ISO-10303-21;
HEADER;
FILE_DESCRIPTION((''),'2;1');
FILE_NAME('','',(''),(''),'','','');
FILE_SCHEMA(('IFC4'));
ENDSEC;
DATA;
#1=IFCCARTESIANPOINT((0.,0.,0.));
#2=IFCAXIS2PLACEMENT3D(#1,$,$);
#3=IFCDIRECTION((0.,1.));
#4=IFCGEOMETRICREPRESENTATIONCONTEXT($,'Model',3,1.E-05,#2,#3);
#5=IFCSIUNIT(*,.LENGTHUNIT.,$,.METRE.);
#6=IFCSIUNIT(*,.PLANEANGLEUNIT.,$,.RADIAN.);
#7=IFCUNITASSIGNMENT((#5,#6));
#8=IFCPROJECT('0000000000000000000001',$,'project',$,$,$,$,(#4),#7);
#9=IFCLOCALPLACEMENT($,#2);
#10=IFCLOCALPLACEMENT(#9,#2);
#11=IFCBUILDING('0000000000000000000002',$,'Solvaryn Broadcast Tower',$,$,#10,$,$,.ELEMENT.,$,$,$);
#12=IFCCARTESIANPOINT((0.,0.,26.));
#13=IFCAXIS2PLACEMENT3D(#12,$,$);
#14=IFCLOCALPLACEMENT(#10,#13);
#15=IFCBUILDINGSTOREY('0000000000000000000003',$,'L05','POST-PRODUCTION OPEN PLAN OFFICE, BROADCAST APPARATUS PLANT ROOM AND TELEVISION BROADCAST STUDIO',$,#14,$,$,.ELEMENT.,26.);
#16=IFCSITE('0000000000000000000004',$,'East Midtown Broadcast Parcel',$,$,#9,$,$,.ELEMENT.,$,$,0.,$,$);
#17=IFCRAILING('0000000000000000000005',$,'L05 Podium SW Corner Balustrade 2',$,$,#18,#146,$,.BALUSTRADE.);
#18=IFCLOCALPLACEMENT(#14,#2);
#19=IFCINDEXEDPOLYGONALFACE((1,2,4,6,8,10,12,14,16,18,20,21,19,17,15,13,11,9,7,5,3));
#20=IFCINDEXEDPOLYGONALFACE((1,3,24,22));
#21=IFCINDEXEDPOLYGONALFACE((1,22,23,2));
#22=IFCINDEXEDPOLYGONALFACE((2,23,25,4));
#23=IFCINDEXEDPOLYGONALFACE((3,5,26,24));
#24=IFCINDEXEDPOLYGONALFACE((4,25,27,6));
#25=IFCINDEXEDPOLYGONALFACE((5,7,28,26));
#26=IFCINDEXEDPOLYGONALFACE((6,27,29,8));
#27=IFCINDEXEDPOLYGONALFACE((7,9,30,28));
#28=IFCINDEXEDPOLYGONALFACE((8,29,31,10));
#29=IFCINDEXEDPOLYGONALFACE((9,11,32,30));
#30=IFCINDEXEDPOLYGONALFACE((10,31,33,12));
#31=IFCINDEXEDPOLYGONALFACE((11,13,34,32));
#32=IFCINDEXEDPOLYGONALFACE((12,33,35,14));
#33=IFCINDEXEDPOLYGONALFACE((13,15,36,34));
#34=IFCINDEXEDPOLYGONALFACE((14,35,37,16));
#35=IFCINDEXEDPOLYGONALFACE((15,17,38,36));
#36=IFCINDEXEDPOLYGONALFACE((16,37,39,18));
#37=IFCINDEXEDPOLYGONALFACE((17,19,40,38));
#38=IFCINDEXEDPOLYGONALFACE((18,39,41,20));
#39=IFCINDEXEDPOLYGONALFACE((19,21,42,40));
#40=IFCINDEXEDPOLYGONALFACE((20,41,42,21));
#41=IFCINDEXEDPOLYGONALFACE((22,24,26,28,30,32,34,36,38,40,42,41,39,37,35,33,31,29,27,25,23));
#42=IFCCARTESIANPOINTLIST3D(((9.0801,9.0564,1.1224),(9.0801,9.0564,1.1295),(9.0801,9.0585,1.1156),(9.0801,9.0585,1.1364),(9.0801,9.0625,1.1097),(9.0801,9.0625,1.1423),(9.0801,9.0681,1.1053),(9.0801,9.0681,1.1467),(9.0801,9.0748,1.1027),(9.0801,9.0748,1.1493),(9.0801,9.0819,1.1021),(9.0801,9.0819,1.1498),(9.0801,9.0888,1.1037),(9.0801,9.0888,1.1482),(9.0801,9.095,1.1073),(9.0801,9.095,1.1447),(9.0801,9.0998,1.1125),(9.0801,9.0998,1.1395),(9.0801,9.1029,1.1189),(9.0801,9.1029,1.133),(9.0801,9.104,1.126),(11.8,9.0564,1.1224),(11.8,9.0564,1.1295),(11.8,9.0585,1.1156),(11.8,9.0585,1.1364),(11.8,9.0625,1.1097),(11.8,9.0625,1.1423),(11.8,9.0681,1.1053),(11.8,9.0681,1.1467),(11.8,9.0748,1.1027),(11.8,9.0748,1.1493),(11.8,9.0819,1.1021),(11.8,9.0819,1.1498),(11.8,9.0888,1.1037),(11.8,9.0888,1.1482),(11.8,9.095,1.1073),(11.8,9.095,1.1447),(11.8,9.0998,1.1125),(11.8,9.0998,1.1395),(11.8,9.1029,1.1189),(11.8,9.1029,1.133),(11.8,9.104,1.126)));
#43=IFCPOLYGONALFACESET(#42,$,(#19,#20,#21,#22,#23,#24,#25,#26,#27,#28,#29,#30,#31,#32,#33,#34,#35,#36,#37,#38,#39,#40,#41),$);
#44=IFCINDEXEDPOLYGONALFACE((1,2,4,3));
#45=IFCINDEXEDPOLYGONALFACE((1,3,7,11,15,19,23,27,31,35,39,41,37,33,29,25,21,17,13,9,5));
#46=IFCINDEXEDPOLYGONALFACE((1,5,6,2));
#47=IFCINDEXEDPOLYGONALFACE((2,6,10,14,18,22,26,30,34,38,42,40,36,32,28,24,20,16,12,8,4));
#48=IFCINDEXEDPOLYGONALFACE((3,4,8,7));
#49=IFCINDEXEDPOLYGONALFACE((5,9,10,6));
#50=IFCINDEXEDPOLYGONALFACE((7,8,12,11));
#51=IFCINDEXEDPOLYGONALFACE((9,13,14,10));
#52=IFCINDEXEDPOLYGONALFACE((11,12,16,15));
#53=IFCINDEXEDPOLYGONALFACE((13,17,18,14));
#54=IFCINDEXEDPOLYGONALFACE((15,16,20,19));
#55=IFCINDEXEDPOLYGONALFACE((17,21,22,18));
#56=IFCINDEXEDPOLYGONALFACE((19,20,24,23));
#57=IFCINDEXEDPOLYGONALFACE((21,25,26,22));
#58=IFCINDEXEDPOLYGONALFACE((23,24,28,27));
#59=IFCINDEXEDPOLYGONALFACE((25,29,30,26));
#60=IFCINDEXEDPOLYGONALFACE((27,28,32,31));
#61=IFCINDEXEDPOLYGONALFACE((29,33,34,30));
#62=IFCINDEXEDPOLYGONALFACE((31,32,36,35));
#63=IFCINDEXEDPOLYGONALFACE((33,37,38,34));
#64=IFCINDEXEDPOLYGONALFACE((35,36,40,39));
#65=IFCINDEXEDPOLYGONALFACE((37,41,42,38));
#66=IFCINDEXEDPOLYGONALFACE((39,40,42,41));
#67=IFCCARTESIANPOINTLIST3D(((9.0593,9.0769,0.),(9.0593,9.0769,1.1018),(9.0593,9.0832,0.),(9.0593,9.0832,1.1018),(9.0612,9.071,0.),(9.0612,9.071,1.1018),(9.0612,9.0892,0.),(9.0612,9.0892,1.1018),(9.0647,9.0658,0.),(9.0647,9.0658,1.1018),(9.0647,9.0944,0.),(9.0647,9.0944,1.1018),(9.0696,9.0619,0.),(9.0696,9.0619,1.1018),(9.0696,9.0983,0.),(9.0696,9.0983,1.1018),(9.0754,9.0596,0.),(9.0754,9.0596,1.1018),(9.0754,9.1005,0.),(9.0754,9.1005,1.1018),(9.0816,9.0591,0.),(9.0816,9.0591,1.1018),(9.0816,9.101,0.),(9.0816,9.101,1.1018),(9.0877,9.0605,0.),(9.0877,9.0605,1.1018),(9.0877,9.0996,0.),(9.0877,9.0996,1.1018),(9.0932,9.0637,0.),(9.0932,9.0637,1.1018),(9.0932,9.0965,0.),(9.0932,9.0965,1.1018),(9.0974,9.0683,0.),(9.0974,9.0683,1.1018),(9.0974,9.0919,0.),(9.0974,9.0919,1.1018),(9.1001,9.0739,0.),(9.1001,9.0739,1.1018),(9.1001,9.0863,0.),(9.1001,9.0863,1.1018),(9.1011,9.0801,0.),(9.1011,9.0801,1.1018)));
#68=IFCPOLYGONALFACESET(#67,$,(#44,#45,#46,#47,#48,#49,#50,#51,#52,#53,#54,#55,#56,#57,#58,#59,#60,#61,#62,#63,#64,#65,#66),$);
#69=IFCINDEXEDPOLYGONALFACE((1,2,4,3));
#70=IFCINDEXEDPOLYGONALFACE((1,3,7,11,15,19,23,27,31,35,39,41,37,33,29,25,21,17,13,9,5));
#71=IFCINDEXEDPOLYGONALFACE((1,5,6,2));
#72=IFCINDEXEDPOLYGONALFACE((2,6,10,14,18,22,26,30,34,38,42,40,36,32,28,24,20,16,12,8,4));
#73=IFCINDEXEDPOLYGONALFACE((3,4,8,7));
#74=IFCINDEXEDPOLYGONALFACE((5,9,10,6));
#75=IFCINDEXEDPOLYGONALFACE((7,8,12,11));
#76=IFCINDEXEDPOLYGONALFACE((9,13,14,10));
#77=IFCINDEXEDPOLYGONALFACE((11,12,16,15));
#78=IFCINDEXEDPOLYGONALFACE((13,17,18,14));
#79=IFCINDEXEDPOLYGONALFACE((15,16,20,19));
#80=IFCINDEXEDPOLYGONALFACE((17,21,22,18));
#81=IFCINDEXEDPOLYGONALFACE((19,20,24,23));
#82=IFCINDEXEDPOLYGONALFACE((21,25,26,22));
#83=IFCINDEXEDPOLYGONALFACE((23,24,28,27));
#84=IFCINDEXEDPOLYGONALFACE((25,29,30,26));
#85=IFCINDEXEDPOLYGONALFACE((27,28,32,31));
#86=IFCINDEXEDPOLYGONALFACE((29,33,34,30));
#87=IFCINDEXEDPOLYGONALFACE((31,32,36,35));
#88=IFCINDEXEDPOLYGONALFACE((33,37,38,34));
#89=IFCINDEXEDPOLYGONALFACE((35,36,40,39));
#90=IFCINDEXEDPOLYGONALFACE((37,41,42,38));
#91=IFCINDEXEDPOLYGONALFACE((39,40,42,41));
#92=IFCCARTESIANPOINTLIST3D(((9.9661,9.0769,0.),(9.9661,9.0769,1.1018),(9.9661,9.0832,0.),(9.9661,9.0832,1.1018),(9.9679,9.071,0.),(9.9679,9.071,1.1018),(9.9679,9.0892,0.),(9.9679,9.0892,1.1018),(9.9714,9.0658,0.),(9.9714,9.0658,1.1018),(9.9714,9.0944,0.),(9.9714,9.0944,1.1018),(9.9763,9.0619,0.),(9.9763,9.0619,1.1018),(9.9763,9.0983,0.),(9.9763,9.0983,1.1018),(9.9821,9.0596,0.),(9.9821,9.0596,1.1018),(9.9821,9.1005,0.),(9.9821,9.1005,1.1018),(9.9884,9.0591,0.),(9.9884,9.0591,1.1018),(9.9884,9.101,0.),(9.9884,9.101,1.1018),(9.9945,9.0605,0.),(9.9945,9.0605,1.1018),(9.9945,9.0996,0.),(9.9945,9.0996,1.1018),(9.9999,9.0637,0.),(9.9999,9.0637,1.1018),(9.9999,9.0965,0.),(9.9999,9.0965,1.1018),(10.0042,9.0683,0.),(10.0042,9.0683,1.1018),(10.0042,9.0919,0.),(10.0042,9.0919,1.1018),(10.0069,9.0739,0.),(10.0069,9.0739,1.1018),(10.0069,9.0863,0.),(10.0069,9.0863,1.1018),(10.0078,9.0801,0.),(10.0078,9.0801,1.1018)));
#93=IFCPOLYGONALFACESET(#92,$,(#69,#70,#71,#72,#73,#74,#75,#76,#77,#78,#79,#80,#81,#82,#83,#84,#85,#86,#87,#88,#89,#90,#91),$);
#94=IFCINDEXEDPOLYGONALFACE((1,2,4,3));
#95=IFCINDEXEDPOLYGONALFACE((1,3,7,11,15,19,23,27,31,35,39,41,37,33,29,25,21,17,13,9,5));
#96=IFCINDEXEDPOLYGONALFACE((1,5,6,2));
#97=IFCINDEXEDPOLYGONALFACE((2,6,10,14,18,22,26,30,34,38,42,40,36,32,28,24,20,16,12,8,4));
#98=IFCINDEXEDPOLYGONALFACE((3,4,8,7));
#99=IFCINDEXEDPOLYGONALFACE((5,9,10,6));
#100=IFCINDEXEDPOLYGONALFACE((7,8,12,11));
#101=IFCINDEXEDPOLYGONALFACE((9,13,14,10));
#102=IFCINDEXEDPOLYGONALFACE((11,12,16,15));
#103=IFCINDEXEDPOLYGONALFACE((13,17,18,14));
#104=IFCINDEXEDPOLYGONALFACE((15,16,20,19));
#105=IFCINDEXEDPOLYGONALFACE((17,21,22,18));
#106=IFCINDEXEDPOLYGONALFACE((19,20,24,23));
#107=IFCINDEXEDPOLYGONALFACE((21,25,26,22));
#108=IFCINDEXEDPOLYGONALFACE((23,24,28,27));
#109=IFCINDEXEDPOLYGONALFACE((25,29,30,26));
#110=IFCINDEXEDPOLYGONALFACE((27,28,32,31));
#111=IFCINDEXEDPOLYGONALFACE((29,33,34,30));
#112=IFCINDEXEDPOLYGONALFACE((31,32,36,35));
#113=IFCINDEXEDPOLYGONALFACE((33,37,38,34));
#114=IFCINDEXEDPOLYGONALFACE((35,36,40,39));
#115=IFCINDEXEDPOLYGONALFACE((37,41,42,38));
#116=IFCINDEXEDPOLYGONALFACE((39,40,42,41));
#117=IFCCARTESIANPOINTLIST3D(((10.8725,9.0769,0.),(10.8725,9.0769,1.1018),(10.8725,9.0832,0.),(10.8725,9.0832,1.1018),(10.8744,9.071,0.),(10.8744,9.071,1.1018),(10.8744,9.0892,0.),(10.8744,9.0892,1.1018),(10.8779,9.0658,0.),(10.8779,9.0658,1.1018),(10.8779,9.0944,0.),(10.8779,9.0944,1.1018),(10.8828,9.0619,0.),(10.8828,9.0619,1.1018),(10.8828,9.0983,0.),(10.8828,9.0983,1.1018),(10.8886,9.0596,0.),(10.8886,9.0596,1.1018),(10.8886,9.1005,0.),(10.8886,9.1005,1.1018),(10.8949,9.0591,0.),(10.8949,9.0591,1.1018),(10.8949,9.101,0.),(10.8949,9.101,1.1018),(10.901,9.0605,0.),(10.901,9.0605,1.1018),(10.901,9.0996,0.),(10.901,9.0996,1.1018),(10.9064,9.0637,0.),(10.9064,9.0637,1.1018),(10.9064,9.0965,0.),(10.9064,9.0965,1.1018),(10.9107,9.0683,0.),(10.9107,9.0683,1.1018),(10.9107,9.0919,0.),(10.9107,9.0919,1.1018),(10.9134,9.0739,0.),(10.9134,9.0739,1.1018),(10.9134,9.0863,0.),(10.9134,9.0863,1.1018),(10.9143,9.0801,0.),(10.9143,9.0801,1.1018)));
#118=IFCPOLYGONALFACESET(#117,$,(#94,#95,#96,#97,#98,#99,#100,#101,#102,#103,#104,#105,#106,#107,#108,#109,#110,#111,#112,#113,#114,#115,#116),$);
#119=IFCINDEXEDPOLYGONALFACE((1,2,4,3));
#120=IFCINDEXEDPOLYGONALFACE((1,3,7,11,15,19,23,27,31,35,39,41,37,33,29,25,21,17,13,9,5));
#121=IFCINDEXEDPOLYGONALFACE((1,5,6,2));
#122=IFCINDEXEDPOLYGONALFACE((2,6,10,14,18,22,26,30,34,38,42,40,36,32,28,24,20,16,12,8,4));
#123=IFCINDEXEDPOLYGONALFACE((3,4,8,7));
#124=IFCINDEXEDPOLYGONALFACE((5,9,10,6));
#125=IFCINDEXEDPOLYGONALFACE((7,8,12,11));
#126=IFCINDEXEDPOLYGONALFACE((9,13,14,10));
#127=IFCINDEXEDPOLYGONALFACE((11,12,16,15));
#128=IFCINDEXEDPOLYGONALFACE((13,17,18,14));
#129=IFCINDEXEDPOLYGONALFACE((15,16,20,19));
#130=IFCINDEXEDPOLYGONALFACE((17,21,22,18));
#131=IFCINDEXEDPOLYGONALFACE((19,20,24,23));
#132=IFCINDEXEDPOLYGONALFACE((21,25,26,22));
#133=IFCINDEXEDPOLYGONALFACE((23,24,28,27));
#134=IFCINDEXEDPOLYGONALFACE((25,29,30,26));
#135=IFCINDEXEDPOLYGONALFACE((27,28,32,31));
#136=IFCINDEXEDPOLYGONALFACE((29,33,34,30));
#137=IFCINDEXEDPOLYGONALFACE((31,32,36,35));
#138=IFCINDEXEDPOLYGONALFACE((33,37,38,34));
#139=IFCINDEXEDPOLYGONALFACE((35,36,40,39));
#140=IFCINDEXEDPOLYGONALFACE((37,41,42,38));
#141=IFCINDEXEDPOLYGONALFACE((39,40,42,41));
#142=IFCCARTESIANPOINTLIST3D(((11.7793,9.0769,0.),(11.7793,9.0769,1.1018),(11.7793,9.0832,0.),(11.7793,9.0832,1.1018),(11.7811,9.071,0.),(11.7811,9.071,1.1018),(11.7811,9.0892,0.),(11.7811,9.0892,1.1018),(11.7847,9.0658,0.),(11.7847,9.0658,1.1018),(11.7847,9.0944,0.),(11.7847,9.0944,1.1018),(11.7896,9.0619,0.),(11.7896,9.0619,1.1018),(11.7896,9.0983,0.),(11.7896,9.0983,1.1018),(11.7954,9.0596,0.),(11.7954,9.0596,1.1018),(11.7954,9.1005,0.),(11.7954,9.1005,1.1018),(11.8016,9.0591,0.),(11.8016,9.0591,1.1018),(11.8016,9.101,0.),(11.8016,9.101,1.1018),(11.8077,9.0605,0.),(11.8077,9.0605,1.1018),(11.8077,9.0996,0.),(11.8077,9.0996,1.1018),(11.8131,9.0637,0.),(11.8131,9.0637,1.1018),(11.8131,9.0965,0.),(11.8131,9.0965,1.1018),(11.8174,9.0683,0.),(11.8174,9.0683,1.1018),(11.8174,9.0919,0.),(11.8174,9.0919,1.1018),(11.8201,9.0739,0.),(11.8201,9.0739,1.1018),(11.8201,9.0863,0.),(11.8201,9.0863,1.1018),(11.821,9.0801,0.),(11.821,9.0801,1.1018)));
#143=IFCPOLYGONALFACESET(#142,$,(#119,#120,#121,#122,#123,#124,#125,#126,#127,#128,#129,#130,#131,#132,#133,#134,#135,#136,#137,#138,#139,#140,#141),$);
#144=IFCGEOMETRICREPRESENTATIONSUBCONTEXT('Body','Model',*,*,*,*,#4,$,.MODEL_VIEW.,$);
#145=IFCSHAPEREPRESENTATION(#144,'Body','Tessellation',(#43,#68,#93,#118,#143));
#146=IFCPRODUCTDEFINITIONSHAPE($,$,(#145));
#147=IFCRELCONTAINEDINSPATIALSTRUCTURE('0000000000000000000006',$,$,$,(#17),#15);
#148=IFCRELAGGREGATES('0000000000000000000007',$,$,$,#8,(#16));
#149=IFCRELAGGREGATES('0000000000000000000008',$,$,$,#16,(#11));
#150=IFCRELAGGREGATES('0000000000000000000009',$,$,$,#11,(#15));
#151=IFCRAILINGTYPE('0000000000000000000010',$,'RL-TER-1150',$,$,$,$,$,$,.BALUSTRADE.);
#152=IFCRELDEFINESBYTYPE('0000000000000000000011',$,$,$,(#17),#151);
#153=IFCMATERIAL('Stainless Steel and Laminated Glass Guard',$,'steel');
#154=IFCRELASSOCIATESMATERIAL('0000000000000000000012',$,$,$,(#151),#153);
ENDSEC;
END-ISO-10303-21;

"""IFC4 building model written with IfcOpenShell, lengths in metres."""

from ifc_helpers import new_model, si_unit, direction, frame, origin, origin_2d, place, context, subcontext, project, spatial, circle, extrude, material, type_object, element, save


model = new_model("IFC4")

# Units and contexts
model_context = context("Model", 3, precision=1e-05, world=origin(), true_north=direction((0.0, 1.0)))
body_context = subcontext(model_context, "Body", "Model", "MODEL_VIEW")
ifc_project = project(units=[si_unit("LENGTHUNIT", "METRE"), si_unit("PLANEANGLEUNIT", "RADIAN")], contexts=[model_context])

# Site, building, storey
site_placement = place(None, origin())
site = spatial("IfcSite", under=ifc_project, at=site_placement, Name="East Midtown Broadcast Parcel", CompositionType="ELEMENT", RefElevation=0.0)
building_placement = place(site_placement, origin())
building = spatial("IfcBuilding", under=site, at=building_placement, Name="Solvaryn Broadcast Tower", CompositionType="ELEMENT")
storey_placement = place(building_placement, frame((0.0, 0.0, 26.0)))
storey = spatial("IfcBuildingStorey", under=building, at=storey_placement, Name="L05", Description="POST-PRODUCTION OPEN PLAN OFFICE, BROADCAST APPARATUS PLANT ROOM AND TELEVISION BROADCAST STUDIO", CompositionType="ELEMENT", Elevation=26.0)

# Railing
ifc_material_1 = material(Name="Stainless Steel and Laminated Glass Guard", Category="steel")
railing_type = type_object("IfcRailingType", Name="RL-TER-1150", PredefinedType="BALUSTRADE", material=ifc_material_1)
railing_1_placement = place(storey_placement, frame((9.0801, 9.0801, 0.0)))
element("IfcRailing", 1, at=railing_1_placement, inside=storey, type_object=railing_type, Name="L05 Podium SW Corner Balustrade 2", PredefinedType="BALUSTRADE", context=body_context, shape_type="SweptSolid", body=[
    extrude(circle(Radius=0.0239, at=origin_2d()), frame((0.0, 0.0, 1.126), z_axis=(1.0, 0.0, 0.0), x_axis=(0.0, 1.0, 0.0)), (0.0, 0.0, 1.0), 2.72),
    extrude(circle(Radius=0.021, at=origin_2d()), origin(), (0.0, 0.0, 1.0), 1.1018),
    extrude(circle(Radius=0.021, at=origin_2d()), frame((0.9067, 0.0, 0.0)), (0.0, 0.0, 1.0), 1.1018),
    extrude(circle(Radius=0.021, at=origin_2d()), frame((1.8132, 0.0, 0.0)), (0.0, 0.0, 1.0), 1.1018),
    extrude(circle(Radius=0.021, at=origin_2d()), frame((2.72, 0.0, 0.0)), (0.0, 0.0, 1.0), 1.1018),
])

save(model, "model.ifc")
